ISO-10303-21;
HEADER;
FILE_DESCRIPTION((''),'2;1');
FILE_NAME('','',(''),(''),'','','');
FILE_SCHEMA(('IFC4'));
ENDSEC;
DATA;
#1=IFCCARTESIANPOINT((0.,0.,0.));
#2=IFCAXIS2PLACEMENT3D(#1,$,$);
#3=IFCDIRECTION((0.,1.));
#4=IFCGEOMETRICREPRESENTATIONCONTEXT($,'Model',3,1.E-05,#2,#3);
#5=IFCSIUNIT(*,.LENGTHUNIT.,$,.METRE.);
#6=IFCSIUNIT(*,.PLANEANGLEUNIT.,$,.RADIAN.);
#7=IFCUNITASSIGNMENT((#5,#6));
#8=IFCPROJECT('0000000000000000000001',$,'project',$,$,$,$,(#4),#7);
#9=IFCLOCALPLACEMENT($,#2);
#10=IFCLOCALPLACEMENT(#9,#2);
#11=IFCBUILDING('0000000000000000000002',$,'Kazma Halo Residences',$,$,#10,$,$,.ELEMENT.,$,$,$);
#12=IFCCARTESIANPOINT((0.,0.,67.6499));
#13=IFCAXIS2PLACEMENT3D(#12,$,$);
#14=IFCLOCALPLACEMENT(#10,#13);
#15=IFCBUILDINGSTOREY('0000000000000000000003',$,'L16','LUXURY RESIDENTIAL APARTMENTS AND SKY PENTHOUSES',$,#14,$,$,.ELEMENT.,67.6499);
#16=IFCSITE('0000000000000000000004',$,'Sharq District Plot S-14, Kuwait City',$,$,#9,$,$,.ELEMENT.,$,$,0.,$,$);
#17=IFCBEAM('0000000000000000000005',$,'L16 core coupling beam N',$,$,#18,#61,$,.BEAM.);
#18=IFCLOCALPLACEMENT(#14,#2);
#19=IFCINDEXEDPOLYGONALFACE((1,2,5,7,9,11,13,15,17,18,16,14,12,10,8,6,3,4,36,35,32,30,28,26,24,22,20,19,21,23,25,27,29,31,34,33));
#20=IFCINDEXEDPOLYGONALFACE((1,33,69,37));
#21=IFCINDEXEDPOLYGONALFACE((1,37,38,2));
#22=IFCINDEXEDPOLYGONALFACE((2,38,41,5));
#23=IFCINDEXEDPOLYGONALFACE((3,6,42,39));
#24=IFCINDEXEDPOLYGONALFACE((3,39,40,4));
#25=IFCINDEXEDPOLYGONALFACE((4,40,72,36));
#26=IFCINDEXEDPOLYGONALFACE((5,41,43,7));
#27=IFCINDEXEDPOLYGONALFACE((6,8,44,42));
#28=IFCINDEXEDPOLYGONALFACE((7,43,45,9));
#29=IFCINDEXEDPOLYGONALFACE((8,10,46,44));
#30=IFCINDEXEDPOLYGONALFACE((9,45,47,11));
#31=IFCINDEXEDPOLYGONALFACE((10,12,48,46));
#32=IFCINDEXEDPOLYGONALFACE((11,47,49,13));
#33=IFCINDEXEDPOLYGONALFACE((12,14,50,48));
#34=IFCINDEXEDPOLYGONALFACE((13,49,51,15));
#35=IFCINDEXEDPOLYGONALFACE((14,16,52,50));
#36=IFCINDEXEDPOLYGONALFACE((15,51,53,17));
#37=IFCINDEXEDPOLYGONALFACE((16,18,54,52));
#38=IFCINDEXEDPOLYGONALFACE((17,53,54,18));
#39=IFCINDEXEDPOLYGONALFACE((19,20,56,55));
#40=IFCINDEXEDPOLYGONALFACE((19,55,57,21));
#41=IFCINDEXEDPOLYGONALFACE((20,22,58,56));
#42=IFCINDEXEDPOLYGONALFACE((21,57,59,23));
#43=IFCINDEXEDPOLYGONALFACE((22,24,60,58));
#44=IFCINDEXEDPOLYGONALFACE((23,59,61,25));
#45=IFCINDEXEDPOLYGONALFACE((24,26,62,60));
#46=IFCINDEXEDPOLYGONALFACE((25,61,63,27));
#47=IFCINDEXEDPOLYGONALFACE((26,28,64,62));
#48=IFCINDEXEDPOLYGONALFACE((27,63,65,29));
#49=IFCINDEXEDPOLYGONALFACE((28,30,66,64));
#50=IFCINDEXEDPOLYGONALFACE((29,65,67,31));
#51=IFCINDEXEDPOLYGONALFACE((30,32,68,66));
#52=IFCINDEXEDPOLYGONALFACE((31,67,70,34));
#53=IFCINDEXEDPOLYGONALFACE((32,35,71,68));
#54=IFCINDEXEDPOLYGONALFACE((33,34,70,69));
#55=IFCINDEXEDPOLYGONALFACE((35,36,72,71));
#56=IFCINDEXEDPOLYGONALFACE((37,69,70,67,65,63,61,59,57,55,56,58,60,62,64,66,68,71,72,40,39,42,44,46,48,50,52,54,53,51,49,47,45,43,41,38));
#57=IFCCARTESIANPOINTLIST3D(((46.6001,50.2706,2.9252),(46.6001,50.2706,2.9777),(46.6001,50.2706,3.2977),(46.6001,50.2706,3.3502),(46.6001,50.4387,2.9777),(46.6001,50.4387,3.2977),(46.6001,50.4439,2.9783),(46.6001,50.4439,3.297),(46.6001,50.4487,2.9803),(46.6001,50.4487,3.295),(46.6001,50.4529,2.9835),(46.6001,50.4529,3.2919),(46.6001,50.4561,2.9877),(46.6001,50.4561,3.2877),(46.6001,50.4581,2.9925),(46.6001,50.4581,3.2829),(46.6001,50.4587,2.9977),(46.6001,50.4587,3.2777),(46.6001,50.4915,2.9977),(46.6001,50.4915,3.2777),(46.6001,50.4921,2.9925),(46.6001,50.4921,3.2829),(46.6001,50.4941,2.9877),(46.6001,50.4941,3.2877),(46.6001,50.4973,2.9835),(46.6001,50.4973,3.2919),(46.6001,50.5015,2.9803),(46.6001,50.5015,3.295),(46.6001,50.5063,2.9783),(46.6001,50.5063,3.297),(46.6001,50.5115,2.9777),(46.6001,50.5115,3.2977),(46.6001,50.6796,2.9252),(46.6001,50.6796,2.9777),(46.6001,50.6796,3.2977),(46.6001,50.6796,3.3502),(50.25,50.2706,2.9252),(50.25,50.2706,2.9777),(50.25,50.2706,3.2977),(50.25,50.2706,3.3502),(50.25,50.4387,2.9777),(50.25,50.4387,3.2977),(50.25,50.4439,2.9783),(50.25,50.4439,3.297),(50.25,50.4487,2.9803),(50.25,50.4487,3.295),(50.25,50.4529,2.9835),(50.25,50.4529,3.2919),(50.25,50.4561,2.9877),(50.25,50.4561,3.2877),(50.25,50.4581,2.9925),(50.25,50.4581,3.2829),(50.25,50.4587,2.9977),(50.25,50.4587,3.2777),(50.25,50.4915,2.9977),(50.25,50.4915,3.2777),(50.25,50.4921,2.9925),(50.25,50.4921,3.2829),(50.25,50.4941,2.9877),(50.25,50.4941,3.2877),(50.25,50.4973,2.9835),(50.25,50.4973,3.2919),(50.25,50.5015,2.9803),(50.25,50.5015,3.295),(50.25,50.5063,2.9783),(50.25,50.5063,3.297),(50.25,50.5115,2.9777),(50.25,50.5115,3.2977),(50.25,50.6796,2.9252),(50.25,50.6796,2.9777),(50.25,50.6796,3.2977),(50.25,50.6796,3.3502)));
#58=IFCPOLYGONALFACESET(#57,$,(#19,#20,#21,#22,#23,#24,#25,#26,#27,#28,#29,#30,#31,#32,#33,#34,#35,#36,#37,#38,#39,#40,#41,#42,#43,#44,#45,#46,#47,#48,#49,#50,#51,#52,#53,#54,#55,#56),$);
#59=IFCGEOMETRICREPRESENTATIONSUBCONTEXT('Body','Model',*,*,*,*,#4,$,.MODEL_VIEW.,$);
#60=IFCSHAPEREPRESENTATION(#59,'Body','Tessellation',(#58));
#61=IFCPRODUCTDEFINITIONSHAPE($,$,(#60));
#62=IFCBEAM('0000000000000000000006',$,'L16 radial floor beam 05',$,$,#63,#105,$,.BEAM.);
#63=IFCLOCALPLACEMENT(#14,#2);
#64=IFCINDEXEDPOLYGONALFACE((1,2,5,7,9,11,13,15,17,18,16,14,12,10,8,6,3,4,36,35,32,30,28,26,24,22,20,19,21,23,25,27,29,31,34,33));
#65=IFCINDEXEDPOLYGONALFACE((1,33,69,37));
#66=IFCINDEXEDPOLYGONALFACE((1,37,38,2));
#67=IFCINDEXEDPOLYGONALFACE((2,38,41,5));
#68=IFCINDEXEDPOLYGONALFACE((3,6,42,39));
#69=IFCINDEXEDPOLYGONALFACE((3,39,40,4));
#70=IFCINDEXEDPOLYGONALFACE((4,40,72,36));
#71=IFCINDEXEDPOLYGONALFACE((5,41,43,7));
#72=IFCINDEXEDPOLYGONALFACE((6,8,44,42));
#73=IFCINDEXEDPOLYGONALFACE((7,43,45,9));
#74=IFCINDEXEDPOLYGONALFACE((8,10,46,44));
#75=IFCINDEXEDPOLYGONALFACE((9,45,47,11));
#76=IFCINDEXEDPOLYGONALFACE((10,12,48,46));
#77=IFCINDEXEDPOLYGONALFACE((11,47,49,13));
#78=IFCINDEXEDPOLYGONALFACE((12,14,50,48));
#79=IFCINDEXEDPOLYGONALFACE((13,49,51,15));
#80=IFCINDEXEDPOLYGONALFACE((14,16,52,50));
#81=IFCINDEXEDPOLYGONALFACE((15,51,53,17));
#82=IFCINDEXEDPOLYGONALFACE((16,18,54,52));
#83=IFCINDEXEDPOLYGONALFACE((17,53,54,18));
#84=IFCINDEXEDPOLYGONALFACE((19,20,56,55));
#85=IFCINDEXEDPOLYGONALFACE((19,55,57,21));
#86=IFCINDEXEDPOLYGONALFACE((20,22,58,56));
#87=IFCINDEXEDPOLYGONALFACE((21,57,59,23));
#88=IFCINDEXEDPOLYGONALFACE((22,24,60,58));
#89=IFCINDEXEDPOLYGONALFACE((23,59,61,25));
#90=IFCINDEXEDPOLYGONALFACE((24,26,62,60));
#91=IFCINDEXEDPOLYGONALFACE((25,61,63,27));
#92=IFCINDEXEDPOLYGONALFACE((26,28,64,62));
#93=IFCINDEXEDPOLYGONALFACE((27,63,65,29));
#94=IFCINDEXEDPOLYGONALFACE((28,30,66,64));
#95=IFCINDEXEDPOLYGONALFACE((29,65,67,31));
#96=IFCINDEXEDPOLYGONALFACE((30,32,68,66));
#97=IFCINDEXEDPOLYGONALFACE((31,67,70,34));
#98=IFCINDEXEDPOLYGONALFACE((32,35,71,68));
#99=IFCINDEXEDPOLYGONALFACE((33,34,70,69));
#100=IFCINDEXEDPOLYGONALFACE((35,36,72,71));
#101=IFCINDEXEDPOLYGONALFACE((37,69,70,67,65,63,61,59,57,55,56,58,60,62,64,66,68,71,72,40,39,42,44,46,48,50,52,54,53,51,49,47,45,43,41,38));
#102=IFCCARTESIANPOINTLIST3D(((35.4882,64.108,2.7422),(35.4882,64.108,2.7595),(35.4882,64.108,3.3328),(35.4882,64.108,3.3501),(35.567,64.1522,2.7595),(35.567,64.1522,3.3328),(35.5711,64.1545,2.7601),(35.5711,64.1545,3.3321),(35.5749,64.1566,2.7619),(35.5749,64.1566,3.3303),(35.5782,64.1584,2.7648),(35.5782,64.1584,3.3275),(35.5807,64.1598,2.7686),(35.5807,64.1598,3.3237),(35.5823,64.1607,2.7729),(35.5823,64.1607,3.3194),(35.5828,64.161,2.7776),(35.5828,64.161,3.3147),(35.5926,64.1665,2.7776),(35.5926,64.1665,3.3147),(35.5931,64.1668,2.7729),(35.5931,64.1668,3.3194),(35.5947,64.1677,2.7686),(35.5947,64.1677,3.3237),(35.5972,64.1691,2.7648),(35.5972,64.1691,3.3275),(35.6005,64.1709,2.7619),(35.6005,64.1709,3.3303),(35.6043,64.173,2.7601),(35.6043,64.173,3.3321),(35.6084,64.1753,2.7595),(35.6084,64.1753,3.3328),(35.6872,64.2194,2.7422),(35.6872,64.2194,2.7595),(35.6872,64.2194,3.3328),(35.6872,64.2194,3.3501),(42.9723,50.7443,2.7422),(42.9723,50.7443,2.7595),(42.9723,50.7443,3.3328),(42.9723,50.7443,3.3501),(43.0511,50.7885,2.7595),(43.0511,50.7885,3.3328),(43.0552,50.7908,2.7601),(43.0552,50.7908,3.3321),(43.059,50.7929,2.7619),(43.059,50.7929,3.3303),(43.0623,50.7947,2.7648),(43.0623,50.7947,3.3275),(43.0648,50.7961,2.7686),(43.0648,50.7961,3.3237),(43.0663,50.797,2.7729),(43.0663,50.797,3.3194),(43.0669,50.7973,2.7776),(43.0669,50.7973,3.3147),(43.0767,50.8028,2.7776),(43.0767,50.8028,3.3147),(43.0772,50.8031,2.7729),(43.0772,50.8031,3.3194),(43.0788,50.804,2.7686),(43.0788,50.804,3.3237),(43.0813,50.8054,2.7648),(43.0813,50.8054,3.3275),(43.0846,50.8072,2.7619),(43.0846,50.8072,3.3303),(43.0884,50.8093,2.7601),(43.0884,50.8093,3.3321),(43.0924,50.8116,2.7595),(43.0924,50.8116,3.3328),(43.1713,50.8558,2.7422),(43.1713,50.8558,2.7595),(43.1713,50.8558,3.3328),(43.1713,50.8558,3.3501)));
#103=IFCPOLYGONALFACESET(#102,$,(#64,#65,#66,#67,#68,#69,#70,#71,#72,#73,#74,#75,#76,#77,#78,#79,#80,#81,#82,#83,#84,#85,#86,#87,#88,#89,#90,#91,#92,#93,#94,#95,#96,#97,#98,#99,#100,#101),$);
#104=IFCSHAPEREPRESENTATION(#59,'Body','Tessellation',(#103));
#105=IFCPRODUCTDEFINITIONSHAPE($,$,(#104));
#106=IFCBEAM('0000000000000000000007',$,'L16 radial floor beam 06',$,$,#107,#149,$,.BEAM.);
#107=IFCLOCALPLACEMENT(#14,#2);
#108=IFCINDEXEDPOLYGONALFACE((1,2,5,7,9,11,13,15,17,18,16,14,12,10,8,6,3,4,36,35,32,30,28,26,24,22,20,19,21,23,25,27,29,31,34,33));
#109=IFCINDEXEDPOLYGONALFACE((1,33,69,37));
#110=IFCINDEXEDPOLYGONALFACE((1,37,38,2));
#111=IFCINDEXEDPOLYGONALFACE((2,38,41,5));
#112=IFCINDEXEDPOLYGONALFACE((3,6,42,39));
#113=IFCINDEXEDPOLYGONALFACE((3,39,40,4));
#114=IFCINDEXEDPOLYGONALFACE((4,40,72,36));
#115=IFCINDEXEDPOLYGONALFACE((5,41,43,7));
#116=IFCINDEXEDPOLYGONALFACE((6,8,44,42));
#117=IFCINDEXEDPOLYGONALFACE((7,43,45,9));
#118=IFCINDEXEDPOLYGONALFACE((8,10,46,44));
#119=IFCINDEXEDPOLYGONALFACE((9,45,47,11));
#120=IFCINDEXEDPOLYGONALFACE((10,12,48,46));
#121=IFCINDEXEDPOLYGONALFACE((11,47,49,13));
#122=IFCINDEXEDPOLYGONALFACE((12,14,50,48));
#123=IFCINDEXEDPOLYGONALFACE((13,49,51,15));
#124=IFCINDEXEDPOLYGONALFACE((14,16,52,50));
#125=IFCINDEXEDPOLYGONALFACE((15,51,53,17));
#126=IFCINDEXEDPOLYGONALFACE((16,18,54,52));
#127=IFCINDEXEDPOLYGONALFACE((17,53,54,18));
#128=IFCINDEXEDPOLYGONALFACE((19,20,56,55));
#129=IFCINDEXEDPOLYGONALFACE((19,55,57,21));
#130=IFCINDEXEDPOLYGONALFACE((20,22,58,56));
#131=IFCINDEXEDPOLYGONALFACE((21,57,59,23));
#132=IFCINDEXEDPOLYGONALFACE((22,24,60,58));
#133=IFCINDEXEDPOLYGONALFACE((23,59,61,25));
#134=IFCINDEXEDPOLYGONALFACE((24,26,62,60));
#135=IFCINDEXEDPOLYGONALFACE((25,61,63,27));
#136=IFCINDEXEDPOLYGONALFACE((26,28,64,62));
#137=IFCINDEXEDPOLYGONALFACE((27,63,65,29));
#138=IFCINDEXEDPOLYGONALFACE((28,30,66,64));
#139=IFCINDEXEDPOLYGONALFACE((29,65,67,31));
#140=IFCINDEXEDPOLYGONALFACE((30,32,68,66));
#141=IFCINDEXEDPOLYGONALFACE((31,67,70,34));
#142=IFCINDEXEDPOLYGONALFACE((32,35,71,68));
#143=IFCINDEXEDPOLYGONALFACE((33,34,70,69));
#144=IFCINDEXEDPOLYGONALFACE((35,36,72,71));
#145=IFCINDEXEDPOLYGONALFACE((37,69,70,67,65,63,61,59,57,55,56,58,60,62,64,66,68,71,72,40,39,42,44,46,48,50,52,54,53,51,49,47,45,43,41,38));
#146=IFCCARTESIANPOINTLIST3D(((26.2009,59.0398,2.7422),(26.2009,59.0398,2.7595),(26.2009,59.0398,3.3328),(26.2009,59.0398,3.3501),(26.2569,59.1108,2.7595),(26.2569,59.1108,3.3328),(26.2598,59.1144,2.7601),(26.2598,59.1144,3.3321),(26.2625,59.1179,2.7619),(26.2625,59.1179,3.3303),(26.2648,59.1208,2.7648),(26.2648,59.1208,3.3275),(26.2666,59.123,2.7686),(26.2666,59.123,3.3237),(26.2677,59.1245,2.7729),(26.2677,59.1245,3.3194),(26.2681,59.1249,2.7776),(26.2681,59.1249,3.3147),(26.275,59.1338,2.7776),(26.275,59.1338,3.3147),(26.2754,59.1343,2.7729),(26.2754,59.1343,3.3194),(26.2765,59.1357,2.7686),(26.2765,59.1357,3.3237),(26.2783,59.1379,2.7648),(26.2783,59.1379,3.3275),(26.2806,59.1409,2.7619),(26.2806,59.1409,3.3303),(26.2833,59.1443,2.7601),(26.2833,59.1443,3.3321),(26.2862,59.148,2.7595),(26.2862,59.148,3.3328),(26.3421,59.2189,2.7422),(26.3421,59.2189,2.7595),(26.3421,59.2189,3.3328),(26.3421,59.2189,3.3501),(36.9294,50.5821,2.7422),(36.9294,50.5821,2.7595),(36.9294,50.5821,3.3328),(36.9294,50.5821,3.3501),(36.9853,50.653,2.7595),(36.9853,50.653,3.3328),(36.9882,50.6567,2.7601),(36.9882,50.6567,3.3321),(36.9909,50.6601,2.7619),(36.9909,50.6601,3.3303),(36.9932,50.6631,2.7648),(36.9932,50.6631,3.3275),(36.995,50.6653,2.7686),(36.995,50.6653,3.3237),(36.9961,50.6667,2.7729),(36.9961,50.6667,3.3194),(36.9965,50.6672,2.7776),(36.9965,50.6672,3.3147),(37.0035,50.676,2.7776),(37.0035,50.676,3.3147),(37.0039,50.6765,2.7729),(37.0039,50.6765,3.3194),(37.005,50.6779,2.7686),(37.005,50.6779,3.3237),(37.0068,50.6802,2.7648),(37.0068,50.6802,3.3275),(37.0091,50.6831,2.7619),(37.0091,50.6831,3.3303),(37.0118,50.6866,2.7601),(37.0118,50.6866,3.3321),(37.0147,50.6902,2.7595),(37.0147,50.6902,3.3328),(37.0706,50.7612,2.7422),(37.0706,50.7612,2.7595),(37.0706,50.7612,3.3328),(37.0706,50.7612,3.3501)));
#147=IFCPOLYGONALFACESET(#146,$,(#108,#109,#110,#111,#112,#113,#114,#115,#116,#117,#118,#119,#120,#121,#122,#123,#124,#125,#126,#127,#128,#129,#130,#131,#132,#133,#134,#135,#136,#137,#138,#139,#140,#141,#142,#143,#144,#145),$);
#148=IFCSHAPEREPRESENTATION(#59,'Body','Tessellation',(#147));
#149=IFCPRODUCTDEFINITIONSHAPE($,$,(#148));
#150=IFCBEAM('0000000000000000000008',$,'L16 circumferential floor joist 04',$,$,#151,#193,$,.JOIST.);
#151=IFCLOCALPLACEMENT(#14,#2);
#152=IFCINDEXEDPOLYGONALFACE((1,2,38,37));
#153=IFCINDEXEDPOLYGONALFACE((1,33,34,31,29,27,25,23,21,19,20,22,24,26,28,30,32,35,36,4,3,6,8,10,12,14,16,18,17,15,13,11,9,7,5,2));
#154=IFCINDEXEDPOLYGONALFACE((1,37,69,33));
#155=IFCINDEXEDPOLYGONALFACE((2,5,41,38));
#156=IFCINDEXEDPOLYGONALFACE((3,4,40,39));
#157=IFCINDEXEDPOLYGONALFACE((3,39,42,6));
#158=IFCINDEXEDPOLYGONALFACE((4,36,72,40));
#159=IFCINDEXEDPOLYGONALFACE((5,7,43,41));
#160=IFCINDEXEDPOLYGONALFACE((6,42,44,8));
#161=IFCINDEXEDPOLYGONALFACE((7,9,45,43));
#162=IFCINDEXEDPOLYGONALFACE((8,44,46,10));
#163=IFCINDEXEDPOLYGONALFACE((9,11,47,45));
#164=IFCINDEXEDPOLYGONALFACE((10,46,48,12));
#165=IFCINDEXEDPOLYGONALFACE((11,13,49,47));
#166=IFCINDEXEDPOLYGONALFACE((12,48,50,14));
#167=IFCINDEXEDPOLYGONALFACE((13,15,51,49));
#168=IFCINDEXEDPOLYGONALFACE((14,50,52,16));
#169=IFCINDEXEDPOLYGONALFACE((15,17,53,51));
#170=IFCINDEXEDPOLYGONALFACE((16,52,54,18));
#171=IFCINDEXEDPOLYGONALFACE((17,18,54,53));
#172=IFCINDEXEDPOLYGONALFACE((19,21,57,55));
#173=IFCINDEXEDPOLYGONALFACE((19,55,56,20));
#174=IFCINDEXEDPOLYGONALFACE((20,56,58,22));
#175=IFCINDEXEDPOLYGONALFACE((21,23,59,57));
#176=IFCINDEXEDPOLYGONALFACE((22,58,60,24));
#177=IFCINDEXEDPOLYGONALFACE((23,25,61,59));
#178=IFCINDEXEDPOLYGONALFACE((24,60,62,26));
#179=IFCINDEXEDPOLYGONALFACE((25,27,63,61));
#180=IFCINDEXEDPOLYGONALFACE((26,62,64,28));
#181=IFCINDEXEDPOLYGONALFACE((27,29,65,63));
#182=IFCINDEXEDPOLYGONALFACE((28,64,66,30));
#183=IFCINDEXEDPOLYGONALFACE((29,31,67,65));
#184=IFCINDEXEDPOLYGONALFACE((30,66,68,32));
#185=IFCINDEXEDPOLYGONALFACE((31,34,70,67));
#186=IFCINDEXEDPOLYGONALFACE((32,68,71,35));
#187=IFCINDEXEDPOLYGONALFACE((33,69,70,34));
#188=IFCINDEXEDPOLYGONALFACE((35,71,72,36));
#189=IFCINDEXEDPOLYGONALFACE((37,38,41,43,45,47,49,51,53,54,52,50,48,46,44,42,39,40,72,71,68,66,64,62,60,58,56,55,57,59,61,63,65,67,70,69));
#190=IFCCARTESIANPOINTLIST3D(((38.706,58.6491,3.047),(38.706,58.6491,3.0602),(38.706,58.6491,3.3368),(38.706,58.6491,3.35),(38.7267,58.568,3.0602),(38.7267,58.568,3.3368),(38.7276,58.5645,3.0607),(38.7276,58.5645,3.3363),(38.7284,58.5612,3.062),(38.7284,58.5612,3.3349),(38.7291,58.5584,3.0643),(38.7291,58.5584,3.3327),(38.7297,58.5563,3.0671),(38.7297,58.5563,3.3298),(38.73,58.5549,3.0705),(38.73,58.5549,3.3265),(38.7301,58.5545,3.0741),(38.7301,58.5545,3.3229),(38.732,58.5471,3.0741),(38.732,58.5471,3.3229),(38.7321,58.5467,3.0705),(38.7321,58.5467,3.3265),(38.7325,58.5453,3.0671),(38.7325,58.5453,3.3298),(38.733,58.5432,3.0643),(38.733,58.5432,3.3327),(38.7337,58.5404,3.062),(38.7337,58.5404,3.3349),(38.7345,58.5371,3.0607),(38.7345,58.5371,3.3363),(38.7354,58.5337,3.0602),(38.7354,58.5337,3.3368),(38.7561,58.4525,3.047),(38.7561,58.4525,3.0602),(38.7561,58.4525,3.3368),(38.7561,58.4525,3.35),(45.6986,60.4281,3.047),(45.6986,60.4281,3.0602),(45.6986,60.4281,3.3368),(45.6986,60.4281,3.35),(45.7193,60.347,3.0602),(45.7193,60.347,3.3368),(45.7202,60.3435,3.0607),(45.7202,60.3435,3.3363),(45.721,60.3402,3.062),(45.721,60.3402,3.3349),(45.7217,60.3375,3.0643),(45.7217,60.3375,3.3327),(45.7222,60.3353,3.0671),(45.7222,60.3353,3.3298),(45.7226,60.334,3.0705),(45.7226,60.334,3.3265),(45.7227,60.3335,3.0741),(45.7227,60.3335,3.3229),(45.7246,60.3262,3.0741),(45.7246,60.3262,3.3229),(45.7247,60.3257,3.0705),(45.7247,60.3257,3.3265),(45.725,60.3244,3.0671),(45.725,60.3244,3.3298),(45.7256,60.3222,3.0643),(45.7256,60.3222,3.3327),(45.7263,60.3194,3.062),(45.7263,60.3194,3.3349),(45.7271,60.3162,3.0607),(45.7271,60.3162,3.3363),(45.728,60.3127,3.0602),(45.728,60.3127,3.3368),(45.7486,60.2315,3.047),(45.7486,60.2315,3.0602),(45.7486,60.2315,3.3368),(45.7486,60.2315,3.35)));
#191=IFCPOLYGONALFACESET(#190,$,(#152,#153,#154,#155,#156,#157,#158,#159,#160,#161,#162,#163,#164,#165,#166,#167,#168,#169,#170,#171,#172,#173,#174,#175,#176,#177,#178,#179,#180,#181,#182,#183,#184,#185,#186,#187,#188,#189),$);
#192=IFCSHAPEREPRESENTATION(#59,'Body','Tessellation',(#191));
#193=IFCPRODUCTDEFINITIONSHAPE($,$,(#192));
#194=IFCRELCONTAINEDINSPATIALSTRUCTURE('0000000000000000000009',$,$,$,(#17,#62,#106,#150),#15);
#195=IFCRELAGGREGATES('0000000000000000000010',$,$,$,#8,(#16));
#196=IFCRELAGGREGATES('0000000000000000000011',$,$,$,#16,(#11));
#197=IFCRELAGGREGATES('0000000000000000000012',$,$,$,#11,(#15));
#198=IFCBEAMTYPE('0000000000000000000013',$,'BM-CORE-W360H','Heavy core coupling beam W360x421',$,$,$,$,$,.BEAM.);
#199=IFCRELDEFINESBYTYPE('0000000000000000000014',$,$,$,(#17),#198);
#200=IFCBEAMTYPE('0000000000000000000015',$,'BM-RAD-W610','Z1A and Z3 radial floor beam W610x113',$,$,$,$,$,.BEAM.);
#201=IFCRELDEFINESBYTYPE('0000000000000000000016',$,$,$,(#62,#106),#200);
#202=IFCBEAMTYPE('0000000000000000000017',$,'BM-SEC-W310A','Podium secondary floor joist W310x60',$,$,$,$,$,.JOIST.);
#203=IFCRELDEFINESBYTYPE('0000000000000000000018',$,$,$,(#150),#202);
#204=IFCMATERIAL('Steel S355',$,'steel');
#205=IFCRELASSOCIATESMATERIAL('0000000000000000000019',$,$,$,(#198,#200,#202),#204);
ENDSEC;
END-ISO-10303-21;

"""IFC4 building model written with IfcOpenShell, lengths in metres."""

from ifc_helpers import new_model, si_unit, direction, frame, origin, origin_2d, place, context, subcontext, project, spatial, i_section, extrude, material, material_profile, profile_set, type_object, element, save


model = new_model("IFC4")

# Units and contexts
model_context = context("Model", 3, precision=1e-05, world=origin(), true_north=direction((0.0, 1.0)))
body_context = subcontext(model_context, "Body", "Model", "MODEL_VIEW")
ifc_project = project(units=[si_unit("LENGTHUNIT", "METRE"), si_unit("PLANEANGLEUNIT", "RADIAN")], contexts=[model_context])

# Site, building, storey
site_placement = place(None, origin())
site = spatial("IfcSite", under=ifc_project, at=site_placement, Name="Sharq District Plot S-14, Kuwait City", CompositionType="ELEMENT", RefElevation=0.0)
building_placement = place(site_placement, origin())
building = spatial("IfcBuilding", under=site, at=building_placement, Name="Kazma Halo Residences", CompositionType="ELEMENT")
storey_placement = place(building_placement, frame((0.0, 0.0, 67.6499)))
storey = spatial("IfcBuildingStorey", under=building, at=storey_placement, Name="L16", Description="LUXURY RESIDENTIAL APARTMENTS AND SKY PENTHOUSES", CompositionType="ELEMENT", Elevation=67.6499)

# Beams
ifc_material_1 = material(Name="Steel S355", Category="steel")
ifc_material_profile_1 = material_profile(ifc_material_1, i_section(OverallWidth=0.4089, OverallDepth=0.425, WebThickness=0.0327, FlangeThickness=0.0525, FilletRadius=0.02, at=origin_2d()), Name="W360x421")
ifc_profile_set_1 = profile_set([ifc_material_profile_1], Name="Steel S355")
beam_type_1 = type_object("IfcBeamType", Name="BM-CORE-W360H", Description="Heavy core coupling beam W360x421", PredefinedType="BEAM", material=ifc_profile_set_1)
beam_1_placement = place(storey_placement, frame((46.6001, 50.4751, 3.1377), z_axis=(1.0, 0.0, 0.0), x_axis=(0.0, 1.0, 0.0)))
element("IfcBeam", 1, at=beam_1_placement, inside=storey, type_object=beam_type_1, Name="L16 core coupling beam N", PredefinedType="BEAM", context=body_context, shape_type="SweptSolid", body=[
    extrude(i_section(OverallWidth=0.4089, OverallDepth=0.425, WebThickness=0.0327, FlangeThickness=0.0525, FilletRadius=0.02, at=origin_2d()), origin(), (0.0, 0.0, 1.0), 3.6499),
])
ifc_material_profile_2 = material_profile(ifc_material_1, i_section(OverallWidth=0.228, OverallDepth=0.6079, WebThickness=0.0112, FlangeThickness=0.0173, FilletRadius=0.0181, at=origin_2d()), Name="W610x113")
ifc_profile_set_2 = profile_set([ifc_material_profile_2], Name="Steel S355")
beam_type_2 = type_object("IfcBeamType", Name="BM-RAD-W610", Description="Z1A and Z3 radial floor beam W610x113", PredefinedType="BEAM", material=ifc_profile_set_2)
beam_2_placement = place(storey_placement, frame((43.0718, 50.8, 3.0461), z_axis=(-0.488624, 0.872494, 0.0), x_axis=(-0.872494, -0.488624, 0.0)))
element("IfcBeam", 2, at=beam_2_placement, inside=storey, type_object=beam_type_2, Name="L16 radial floor beam 05", PredefinedType="BEAM", context=body_context, shape_type="SweptSolid", body=[
    extrude(i_section(OverallWidth=0.228, OverallDepth=0.6079, WebThickness=0.0112, FlangeThickness=0.0173, FilletRadius=0.0181, at=origin_2d()), origin(), (0.0, 0.0, 1.0), 15.3167),
])
beam_3_placement = place(storey_placement, frame((37.0, 50.6716, 3.0461), z_axis=(-0.785314, 0.619098, 0.0), x_axis=(-0.619098, -0.785314, 0.0)))
element("IfcBeam", 3, at=beam_3_placement, inside=storey, type_object=beam_type_2, Name="L16 radial floor beam 06", PredefinedType="BEAM", context=body_context, shape_type="SweptSolid", body=[
    extrude(i_section(OverallWidth=0.228, OverallDepth=0.6079, WebThickness=0.0112, FlangeThickness=0.0173, FilletRadius=0.0181, at=origin_2d()), origin(), (0.0, 0.0, 1.0), 13.6614),
])
ifc_material_profile_3 = material_profile(ifc_material_1, i_section(OverallWidth=0.2029, OverallDepth=0.303, WebThickness=0.0076, FlangeThickness=0.0132, FilletRadius=0.0139, at=origin_2d()), Name="W310x60")
ifc_profile_set_3 = profile_set([ifc_material_profile_3], Name="Steel S355")
beam_type_3 = type_object("IfcBeamType", Name="BM-SEC-W310A", Description="Podium secondary floor joist W310x60", PredefinedType="JOIST", material=ifc_profile_set_3)
beam_4_placement = place(storey_placement, frame((45.7236, 60.3298, 3.1985), z_axis=(-0.969127, -0.246562, 0.0), x_axis=(0.246562, -0.969127, 0.0)))
element("IfcBeam", 4, at=beam_4_placement, inside=storey, type_object=beam_type_3, Name="L16 circumferential floor joist 04", PredefinedType="JOIST", context=body_context, shape_type="SweptSolid", body=[
    extrude(i_section(OverallWidth=0.2029, OverallDepth=0.303, WebThickness=0.0076, FlangeThickness=0.0132, FilletRadius=0.0139, at=origin_2d()), origin(), (0.0, 0.0, 1.0), 7.2153),
])

save(model, "model.ifc")
